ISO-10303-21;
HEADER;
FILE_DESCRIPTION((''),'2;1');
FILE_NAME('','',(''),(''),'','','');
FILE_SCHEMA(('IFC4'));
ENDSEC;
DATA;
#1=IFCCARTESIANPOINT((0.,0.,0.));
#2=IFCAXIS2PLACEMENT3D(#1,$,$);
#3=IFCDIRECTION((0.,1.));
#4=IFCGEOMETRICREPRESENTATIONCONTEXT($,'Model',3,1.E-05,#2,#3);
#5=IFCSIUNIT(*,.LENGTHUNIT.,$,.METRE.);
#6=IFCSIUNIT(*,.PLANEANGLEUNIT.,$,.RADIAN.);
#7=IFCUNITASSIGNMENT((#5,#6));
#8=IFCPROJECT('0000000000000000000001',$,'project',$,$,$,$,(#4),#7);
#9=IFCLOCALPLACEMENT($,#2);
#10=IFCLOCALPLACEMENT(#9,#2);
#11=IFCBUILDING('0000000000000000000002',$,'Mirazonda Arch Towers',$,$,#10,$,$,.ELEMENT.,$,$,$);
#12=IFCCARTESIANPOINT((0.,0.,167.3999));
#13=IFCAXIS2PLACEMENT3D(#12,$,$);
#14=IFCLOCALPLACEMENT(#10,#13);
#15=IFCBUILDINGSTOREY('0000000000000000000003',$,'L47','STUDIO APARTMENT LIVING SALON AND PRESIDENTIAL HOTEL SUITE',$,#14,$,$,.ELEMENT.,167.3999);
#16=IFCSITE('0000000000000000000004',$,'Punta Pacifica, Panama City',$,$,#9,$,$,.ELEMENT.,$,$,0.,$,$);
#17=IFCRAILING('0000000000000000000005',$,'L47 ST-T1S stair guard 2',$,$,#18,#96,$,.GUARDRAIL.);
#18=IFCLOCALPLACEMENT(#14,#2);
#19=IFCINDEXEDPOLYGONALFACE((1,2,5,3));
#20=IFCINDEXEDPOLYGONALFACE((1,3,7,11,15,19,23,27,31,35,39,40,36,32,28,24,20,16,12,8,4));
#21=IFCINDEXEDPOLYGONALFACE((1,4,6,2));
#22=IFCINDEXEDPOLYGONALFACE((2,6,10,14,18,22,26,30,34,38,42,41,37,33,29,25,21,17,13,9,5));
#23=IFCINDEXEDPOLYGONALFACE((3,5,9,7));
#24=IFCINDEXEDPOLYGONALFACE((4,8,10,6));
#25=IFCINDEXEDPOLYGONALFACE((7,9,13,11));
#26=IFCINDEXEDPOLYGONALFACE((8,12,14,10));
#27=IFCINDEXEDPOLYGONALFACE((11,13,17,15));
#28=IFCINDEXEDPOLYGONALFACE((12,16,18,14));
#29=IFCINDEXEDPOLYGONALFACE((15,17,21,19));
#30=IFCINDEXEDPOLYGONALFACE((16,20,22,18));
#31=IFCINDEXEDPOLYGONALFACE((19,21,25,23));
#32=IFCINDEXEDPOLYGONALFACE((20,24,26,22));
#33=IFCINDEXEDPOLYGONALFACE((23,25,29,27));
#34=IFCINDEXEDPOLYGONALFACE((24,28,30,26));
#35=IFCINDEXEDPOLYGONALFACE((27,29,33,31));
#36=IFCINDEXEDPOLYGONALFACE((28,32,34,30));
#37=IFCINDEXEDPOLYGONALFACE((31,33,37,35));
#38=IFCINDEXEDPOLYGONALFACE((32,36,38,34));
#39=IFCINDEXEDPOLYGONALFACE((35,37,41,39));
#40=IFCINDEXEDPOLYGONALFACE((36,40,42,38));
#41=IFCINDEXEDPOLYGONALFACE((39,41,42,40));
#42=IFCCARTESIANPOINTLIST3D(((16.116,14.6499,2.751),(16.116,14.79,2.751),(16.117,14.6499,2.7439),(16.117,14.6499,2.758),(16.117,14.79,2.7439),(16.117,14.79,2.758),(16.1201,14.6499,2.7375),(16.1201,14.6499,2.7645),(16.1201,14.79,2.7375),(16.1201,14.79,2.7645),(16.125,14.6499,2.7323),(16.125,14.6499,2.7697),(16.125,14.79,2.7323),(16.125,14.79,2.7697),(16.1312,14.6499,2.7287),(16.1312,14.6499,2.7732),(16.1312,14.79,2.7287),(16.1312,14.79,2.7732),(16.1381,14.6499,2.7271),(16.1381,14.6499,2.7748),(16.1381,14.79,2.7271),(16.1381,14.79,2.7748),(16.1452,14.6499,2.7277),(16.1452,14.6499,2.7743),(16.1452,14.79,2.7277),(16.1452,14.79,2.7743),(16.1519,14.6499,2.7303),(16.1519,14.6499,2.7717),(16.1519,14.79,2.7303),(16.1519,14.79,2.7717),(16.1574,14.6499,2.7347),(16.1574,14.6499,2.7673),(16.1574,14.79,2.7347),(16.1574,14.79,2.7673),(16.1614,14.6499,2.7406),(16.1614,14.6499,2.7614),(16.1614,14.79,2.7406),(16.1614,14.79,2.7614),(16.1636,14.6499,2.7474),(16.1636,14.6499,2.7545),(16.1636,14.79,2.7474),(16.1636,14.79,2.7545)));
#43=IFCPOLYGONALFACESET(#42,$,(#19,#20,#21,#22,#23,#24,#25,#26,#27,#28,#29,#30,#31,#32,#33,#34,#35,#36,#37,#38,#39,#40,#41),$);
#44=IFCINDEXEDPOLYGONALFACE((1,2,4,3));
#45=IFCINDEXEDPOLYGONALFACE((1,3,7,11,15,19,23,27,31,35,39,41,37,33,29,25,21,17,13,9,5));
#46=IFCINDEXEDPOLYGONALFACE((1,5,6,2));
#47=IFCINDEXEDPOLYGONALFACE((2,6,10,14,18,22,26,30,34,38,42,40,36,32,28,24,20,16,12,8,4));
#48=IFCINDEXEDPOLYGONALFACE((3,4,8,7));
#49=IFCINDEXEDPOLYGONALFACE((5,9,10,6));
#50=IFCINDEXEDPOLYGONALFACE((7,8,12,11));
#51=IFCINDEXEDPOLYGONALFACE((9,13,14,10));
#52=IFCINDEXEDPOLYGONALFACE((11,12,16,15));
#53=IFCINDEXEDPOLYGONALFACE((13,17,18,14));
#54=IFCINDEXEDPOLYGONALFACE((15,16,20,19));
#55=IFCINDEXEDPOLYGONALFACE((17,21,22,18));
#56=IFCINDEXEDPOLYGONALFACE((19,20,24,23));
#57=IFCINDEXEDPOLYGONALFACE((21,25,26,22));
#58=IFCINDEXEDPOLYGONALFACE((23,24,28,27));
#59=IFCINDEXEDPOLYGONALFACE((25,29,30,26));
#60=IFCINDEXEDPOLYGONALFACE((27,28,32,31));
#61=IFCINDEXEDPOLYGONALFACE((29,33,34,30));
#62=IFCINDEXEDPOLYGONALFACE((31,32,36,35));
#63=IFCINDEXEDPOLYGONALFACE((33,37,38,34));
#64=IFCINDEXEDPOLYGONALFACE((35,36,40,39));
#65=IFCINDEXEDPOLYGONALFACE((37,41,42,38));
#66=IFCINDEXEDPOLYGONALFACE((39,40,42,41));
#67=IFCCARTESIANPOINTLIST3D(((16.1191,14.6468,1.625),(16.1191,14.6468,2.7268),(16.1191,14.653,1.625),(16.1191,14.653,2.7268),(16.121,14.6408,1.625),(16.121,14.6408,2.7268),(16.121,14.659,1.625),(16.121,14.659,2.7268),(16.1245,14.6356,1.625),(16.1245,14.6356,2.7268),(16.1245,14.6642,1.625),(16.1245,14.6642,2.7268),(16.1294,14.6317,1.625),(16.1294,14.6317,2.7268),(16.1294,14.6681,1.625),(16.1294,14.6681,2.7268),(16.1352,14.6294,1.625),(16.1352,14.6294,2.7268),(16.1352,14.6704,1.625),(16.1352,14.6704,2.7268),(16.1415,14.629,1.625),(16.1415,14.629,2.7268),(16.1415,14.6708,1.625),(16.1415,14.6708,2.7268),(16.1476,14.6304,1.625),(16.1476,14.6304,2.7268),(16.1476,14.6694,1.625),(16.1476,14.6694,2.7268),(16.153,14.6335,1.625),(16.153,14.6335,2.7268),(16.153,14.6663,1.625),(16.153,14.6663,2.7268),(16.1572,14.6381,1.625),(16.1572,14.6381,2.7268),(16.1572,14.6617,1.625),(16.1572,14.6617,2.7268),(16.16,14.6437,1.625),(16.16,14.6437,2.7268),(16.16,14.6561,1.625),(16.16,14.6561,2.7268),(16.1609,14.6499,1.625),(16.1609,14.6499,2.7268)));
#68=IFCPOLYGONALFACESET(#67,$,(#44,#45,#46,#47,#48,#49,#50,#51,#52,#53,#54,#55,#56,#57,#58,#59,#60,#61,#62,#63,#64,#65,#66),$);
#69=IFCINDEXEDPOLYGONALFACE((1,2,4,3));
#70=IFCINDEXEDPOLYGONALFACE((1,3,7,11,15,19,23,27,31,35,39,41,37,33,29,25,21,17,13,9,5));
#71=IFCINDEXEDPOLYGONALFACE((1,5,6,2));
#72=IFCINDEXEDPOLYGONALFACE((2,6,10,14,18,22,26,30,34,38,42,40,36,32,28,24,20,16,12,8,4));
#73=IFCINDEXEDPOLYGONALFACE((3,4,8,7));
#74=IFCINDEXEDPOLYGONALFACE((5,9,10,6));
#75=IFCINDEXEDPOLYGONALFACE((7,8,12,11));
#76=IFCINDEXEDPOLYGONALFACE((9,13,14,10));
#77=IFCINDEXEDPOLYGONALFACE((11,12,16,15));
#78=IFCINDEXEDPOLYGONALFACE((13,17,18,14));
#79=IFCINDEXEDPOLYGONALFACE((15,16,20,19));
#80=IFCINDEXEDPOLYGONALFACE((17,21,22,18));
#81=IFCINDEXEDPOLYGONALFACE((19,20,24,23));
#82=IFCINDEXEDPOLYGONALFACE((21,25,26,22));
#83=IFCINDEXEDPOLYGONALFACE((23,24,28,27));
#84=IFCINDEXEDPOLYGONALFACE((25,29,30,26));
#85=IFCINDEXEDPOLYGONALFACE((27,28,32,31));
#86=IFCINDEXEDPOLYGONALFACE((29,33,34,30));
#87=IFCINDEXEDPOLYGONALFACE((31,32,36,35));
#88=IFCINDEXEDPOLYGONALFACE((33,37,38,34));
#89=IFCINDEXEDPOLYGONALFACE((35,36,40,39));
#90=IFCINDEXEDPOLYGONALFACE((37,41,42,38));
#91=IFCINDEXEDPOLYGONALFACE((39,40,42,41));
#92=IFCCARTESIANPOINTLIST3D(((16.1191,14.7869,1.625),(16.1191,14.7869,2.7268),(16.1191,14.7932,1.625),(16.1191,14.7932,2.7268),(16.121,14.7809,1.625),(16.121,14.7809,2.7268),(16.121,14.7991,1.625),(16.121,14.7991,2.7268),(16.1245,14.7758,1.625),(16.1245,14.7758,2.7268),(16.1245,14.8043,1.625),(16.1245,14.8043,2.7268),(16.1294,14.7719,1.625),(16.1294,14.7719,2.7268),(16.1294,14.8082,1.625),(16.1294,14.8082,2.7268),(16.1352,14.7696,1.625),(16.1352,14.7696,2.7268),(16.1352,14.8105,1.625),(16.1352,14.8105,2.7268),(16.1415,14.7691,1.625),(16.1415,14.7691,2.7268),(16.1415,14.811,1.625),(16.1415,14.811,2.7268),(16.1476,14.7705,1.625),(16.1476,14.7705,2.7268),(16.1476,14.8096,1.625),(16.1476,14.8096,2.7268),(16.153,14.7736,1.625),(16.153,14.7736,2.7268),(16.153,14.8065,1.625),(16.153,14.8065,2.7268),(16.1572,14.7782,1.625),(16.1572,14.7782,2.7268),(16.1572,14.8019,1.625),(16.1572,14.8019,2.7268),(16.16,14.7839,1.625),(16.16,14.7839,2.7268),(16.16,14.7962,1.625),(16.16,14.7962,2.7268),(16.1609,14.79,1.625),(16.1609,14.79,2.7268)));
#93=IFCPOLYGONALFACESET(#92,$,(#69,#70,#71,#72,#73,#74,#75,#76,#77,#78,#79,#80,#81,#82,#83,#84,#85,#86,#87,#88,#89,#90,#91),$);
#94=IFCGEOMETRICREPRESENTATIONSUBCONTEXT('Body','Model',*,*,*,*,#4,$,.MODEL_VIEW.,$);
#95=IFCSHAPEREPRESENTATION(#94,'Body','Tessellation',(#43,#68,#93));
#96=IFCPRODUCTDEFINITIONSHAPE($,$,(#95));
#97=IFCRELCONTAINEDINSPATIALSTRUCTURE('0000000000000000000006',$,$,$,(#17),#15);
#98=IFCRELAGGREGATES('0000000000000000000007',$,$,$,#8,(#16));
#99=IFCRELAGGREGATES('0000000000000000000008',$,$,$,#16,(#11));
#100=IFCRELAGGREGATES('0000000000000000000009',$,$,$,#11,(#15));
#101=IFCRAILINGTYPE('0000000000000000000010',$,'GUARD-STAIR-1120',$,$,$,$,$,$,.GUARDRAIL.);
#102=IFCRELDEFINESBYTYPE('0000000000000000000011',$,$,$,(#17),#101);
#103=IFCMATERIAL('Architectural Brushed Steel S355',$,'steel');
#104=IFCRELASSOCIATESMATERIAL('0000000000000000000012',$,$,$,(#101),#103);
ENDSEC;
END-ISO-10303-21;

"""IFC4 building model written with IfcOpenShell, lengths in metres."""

from ifc_helpers import new_model, si_unit, direction, frame, origin, origin_2d, place, context, subcontext, project, spatial, circle, extrude, material, type_object, element, save


model = new_model("IFC4")

# Units and contexts
model_context = context("Model", 3, precision=1e-05, world=origin(), true_north=direction((0.0, 1.0)))
body_context = subcontext(model_context, "Body", "Model", "MODEL_VIEW")
ifc_project = project(units=[si_unit("LENGTHUNIT", "METRE"), si_unit("PLANEANGLEUNIT", "RADIAN")], contexts=[model_context])

# Site, building, storey
site_placement = place(None, origin())
site = spatial("IfcSite", under=ifc_project, at=site_placement, Name="Punta Pacifica, Panama City", CompositionType="ELEMENT", RefElevation=0.0)
building_placement = place(site_placement, origin())
building = spatial("IfcBuilding", under=site, at=building_placement, Name="Mirazonda Arch Towers", CompositionType="ELEMENT")
storey_placement = place(building_placement, frame((0.0, 0.0, 167.3999)))
storey = spatial("IfcBuildingStorey", under=building, at=storey_placement, Name="L47", Description="STUDIO APARTMENT LIVING SALON AND PRESIDENTIAL HOTEL SUITE", CompositionType="ELEMENT", Elevation=167.3999)

# Shared definitions
ifc_material_1 = material(Name="Architectural Brushed Steel S355", Category="steel")

# Railing
railing_type_1 = type_object("IfcRailingType", Name="GUARD-STAIR-1120", PredefinedType="GUARDRAIL", material=ifc_material_1)
railing_1_placement = place(storey_placement, frame((16.1399, 14.6499, 1.625)))
element("IfcRailing", 1, at=railing_1_placement, inside=storey, type_object=railing_type_1, Name="L47 ST-T1S stair guard 2", PredefinedType="GUARDRAIL", context=body_context, shape_type="SweptSolid", body=[
    extrude(circle(Radius=0.0239, at=origin_2d()), frame((0.0, 0.0, 1.126), z_axis=(0.0, 1.0, 0.0), x_axis=(-1.0, 0.0, 0.0)), (0.0, 0.0, 1.0), 0.1401),
    extrude(circle(Radius=0.021, at=origin_2d()), origin(), (0.0, 0.0, 1.0), 1.1018),
    extrude(circle(Radius=0.021, at=origin_2d()), frame((0.0, 0.1401, 0.0)), (0.0, 0.0, 1.0), 1.1018),
])

save(model, "model.ifc")
